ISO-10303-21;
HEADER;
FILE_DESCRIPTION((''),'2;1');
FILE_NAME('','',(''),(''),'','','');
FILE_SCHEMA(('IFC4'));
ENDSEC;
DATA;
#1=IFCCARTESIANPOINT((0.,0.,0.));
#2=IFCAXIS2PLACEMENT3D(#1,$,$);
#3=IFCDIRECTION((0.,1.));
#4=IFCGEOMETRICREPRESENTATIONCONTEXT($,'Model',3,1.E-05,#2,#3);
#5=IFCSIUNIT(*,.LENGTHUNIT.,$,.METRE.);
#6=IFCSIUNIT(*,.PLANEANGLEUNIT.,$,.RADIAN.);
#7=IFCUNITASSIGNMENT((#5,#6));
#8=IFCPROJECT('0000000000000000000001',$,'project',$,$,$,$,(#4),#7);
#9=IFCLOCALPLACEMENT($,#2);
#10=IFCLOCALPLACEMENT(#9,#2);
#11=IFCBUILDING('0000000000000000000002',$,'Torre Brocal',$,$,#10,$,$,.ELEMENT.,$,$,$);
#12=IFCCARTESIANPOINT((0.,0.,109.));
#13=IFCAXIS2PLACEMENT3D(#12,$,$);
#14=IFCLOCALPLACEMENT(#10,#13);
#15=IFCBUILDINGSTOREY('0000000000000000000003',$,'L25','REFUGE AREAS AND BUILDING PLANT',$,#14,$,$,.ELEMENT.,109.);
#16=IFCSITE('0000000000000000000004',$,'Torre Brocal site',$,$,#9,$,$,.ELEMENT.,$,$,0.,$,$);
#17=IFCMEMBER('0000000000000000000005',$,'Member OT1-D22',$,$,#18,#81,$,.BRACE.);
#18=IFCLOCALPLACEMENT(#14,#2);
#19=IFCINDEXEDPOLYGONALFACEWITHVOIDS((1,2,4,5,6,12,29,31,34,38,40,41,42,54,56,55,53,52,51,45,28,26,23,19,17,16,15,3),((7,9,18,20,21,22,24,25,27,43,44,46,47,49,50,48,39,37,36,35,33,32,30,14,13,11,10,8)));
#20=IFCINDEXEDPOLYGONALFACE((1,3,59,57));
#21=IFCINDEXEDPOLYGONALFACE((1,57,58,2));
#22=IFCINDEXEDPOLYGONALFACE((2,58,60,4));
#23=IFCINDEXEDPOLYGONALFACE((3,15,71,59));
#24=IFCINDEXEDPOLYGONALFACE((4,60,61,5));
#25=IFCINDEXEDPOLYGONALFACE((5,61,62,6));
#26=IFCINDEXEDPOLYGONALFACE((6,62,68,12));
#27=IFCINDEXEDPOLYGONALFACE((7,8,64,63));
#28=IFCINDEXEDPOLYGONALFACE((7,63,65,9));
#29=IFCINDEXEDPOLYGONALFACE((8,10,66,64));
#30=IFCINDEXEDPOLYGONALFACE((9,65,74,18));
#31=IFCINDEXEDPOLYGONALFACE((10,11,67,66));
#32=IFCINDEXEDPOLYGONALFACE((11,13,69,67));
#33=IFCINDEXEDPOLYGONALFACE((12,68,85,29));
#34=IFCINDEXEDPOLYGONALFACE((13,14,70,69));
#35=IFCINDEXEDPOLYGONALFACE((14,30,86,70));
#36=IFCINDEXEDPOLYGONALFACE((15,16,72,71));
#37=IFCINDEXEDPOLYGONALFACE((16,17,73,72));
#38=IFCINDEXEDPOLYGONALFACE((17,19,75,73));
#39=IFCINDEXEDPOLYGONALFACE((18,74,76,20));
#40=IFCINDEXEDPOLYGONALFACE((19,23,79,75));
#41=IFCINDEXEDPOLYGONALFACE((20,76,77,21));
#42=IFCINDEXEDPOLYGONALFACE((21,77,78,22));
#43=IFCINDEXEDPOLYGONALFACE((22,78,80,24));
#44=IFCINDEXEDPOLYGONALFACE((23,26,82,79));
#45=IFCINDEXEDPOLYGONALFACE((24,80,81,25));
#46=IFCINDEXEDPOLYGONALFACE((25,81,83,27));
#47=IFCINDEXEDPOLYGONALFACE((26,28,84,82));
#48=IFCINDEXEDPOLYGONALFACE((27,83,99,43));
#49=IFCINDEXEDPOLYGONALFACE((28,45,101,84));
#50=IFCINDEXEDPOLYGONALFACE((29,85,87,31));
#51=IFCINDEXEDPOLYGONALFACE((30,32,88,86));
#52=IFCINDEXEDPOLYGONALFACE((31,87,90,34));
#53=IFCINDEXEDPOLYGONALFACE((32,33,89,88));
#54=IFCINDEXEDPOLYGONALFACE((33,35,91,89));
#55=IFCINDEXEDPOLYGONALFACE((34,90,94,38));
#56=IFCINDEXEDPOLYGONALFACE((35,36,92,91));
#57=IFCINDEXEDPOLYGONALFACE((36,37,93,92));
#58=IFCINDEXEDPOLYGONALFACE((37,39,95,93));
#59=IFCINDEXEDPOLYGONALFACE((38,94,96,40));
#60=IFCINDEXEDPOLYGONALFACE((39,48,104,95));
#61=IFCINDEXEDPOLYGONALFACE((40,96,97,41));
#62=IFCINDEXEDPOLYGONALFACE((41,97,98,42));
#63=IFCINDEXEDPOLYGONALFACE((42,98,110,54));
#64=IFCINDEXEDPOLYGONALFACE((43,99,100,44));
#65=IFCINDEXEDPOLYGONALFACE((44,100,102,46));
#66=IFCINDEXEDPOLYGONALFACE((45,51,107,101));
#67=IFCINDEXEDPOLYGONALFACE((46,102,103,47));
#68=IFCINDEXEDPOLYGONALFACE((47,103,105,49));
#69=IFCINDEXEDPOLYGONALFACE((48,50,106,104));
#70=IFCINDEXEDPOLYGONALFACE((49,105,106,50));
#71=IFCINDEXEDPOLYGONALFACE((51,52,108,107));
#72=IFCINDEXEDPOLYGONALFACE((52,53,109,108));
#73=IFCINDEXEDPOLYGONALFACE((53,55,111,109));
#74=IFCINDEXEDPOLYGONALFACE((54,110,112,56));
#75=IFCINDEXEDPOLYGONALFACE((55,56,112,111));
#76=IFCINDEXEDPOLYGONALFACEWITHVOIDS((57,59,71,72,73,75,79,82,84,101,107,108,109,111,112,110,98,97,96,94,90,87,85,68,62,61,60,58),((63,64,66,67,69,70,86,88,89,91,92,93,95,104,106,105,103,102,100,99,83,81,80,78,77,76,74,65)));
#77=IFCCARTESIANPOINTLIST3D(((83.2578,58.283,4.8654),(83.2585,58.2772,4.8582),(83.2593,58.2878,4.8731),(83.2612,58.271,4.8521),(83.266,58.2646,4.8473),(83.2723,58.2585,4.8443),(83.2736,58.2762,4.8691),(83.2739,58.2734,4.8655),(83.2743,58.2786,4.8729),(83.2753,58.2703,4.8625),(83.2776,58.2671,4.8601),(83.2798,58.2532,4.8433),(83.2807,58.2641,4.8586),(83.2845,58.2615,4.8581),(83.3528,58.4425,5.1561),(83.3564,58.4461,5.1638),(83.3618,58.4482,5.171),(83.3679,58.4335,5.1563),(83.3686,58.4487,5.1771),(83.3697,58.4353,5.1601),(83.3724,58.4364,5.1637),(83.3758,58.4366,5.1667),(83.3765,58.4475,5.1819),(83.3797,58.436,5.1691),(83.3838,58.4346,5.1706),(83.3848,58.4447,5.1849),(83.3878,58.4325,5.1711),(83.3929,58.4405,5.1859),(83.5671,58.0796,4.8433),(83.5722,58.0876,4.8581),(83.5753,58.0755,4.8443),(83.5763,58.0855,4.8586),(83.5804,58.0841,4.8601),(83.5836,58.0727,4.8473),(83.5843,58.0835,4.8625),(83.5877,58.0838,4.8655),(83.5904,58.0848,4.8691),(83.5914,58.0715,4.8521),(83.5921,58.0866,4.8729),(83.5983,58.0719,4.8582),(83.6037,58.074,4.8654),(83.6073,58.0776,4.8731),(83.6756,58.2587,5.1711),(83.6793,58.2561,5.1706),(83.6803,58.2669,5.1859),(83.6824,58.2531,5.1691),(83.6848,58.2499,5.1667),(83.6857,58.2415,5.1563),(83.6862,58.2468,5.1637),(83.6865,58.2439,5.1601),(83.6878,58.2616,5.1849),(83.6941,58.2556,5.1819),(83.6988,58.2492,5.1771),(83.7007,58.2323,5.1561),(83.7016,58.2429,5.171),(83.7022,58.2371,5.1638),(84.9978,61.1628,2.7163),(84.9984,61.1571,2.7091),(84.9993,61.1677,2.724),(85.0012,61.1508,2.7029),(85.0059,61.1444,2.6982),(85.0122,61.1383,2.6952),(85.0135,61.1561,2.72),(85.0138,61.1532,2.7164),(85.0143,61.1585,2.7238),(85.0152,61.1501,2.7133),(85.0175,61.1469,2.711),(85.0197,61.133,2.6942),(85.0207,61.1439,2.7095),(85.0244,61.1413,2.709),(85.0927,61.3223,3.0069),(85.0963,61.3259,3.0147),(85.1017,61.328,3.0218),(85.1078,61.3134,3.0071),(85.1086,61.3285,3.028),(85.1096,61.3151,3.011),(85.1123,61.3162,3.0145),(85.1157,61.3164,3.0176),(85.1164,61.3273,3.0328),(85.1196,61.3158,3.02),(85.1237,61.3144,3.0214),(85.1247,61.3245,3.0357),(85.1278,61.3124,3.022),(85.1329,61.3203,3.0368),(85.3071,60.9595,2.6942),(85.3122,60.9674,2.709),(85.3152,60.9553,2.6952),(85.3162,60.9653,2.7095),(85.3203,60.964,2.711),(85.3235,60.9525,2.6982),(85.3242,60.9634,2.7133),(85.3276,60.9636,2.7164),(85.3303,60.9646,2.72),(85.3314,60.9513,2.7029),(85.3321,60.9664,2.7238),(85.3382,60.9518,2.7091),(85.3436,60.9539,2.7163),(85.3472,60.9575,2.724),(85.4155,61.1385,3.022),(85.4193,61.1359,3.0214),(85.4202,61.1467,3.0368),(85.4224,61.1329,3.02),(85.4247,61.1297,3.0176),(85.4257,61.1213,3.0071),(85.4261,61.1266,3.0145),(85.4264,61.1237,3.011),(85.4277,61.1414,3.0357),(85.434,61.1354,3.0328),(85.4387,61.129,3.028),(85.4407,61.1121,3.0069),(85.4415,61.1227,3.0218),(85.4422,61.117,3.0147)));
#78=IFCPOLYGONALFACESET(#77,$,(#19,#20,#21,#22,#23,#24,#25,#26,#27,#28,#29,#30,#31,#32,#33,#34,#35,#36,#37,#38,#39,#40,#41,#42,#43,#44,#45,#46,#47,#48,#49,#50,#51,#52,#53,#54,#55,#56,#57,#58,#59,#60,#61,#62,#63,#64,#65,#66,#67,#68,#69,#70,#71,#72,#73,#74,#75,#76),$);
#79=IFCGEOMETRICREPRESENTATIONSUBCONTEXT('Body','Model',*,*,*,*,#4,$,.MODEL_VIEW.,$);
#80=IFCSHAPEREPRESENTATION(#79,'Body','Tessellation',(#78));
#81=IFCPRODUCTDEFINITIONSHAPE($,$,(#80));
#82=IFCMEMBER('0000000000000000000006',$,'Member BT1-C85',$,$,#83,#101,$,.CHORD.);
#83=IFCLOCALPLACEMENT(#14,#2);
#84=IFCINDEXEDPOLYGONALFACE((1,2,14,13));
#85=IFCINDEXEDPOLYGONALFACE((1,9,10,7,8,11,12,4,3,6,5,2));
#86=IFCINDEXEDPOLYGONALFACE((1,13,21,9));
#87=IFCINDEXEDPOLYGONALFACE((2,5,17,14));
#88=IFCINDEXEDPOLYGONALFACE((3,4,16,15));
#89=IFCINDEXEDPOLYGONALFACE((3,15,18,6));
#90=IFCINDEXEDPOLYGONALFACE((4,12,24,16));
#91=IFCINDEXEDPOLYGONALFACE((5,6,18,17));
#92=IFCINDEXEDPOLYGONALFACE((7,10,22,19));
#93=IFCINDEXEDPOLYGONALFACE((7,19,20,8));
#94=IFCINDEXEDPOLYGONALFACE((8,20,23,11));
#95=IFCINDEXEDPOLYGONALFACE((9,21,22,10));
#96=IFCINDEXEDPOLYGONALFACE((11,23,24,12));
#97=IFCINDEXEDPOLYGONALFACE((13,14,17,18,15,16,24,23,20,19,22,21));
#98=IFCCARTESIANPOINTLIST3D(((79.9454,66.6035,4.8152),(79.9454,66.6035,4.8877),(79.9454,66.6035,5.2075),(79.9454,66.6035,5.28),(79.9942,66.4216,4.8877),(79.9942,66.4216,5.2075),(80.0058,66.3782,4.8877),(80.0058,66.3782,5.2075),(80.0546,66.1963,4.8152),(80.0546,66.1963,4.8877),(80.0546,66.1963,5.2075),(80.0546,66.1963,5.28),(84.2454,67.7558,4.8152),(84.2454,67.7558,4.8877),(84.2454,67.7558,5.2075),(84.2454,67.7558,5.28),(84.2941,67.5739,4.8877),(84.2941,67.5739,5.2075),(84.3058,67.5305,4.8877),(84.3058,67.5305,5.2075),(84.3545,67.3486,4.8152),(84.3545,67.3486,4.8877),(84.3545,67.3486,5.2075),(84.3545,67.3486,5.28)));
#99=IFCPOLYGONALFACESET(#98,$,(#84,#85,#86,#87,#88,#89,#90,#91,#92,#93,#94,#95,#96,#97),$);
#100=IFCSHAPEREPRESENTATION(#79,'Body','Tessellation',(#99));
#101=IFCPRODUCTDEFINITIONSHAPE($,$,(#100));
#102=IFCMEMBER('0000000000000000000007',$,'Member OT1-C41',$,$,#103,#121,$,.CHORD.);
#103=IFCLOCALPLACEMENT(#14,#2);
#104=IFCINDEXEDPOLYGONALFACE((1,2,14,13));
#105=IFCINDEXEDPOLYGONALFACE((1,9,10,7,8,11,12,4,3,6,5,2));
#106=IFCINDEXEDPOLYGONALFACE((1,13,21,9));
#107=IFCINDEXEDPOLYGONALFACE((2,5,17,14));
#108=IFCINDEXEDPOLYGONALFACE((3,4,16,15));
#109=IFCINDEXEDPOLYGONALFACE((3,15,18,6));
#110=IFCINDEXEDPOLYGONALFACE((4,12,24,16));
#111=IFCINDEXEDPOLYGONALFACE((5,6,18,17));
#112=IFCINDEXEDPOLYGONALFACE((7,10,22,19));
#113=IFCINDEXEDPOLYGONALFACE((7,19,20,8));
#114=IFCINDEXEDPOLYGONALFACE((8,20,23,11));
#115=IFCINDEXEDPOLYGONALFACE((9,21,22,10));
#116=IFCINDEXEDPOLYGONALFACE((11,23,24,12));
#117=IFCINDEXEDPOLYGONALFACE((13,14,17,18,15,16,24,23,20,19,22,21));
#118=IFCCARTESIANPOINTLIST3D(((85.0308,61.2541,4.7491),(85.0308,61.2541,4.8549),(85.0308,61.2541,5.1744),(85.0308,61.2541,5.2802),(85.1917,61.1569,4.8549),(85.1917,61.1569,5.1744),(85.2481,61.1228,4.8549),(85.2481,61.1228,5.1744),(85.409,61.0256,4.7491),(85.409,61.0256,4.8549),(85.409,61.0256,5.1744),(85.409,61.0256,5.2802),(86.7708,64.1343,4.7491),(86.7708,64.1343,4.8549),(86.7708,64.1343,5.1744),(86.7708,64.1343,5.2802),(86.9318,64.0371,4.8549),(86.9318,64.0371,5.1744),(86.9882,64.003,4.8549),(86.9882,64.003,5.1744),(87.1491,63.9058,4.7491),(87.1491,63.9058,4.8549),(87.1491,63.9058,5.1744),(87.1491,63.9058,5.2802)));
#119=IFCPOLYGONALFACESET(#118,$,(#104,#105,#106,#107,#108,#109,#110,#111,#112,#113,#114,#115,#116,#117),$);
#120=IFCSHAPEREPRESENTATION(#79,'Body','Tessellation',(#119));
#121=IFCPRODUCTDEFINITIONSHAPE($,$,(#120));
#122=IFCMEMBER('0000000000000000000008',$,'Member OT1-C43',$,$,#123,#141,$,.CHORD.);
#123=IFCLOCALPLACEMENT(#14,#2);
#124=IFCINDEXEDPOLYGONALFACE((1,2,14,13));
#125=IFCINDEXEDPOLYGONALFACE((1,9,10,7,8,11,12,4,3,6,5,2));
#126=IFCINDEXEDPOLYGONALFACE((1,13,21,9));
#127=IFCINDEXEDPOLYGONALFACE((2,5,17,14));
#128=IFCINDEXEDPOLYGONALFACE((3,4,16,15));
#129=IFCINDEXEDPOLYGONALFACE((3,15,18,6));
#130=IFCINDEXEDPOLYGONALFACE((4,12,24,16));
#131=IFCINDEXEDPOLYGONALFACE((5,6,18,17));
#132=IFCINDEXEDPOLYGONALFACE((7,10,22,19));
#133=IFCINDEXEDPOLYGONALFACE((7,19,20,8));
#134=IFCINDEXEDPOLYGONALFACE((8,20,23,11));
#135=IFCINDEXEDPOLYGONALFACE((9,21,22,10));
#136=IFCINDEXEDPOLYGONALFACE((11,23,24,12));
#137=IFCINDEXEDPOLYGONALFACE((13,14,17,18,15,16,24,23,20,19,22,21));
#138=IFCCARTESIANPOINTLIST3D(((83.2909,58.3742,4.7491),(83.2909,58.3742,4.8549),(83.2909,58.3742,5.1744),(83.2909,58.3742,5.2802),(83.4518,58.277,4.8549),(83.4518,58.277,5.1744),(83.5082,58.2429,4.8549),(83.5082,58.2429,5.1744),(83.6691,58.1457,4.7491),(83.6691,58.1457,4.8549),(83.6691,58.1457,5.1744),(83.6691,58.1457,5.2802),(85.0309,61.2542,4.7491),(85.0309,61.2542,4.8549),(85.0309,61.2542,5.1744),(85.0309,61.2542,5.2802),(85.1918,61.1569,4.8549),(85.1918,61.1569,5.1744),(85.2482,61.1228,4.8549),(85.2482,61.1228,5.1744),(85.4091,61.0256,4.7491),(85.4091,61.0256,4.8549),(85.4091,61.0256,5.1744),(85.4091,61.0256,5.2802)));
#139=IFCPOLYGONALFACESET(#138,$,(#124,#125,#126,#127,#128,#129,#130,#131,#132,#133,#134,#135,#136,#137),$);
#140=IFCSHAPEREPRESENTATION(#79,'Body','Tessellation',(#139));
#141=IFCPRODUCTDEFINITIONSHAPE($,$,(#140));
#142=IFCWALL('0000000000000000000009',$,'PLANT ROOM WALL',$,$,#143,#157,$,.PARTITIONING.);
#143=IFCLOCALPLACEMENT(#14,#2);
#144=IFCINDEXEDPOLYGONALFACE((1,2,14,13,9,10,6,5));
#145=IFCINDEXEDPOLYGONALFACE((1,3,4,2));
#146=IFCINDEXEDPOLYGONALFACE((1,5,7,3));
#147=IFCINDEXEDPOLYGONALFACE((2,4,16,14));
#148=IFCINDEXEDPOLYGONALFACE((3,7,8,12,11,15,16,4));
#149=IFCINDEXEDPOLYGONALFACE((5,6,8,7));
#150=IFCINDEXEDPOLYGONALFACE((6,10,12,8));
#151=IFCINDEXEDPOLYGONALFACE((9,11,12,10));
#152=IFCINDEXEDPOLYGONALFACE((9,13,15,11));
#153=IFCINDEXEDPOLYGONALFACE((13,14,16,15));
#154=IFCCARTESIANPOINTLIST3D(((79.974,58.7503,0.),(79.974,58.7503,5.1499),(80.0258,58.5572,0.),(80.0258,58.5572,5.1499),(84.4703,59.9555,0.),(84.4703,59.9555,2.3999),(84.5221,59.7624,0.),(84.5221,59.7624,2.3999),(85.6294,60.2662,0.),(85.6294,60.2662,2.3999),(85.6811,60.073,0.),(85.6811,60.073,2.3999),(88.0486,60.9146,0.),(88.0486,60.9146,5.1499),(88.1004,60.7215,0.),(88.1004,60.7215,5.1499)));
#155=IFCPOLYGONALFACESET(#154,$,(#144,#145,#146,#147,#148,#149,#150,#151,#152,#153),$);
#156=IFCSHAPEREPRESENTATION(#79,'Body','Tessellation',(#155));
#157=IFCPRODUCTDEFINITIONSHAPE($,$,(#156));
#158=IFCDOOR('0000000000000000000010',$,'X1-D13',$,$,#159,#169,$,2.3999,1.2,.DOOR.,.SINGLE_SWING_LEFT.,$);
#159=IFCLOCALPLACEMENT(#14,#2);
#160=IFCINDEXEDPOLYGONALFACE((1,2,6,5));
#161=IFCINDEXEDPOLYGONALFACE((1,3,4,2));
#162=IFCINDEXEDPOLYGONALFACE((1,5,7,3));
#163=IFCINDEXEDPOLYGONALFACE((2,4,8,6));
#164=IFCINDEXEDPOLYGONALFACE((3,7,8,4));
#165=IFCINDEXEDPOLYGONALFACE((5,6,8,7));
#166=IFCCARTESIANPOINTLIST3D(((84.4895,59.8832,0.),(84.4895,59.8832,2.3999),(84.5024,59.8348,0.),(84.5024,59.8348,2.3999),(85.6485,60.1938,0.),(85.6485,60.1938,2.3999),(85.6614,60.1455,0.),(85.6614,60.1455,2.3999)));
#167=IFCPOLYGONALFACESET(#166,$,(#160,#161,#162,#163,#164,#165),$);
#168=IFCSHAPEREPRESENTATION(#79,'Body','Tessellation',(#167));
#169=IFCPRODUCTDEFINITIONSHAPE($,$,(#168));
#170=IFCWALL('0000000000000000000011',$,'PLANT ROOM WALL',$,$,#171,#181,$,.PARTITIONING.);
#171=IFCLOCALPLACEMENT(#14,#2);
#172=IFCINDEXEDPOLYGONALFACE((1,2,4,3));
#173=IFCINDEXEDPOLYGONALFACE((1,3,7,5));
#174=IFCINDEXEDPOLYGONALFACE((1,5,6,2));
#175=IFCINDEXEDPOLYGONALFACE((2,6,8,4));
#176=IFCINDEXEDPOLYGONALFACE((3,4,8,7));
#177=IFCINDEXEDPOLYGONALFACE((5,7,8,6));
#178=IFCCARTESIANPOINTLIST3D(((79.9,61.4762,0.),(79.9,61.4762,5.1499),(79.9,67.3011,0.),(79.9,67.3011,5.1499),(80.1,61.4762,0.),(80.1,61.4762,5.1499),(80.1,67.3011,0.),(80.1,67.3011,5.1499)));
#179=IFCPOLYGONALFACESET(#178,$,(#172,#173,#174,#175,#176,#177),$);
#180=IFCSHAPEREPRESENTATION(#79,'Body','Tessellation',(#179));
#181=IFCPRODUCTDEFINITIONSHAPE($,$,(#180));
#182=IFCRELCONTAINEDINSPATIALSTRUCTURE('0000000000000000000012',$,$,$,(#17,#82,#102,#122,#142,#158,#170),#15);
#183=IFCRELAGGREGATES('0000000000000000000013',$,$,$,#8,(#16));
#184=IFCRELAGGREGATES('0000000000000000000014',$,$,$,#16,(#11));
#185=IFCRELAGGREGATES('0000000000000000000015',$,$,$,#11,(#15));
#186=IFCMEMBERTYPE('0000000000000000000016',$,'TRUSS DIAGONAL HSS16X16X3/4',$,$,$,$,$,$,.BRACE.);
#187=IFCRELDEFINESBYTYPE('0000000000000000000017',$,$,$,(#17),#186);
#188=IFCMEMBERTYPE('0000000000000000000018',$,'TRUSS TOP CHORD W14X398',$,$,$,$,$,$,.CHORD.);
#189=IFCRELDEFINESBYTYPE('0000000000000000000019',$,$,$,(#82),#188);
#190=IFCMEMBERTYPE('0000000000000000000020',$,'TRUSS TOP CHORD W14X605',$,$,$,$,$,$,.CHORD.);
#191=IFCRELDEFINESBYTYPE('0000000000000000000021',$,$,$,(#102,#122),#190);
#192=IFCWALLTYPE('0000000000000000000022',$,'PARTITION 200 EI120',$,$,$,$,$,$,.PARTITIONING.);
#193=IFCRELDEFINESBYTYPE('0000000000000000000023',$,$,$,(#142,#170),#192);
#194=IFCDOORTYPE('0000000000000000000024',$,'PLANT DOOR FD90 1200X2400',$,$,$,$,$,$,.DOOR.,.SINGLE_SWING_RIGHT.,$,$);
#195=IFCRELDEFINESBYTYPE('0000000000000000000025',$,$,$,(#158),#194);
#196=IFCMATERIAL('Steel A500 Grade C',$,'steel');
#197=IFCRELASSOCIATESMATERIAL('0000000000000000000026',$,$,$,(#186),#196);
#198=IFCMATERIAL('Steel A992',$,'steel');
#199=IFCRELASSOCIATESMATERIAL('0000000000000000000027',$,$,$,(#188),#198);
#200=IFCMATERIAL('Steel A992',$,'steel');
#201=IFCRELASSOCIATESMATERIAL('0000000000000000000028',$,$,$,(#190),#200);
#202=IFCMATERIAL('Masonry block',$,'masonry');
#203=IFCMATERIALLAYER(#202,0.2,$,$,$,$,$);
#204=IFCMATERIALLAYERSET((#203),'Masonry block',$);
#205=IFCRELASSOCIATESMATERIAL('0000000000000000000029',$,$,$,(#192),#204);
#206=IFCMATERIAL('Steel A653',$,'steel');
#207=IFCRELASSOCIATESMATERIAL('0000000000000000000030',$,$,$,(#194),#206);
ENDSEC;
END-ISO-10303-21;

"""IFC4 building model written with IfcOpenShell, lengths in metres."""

from ifc_helpers import new_model, si_unit, direction, frame, frame_2d, origin, origin_2d, place, context, subcontext, project, spatial, rectangle, hollow_rectangle, i_section, extrude, material, layer, layer_set, material_profile, profile_set, type_object, element, fill, save


model = new_model("IFC4")

# Units and contexts
model_context = context("Model", 3, precision=1e-05, world=origin(), true_north=direction((0.0, 1.0)))
body_context = subcontext(model_context, "Body", "Model", "MODEL_VIEW")
ifc_project = project(units=[si_unit("LENGTHUNIT", "METRE"), si_unit("PLANEANGLEUNIT", "RADIAN")], contexts=[model_context])

# Site, building, storey
site_placement = place(None, origin())
site = spatial("IfcSite", under=ifc_project, at=site_placement, Name="Torre Brocal site", CompositionType="ELEMENT", RefElevation=0.0)
building_placement = place(site_placement, origin())
building = spatial("IfcBuilding", under=site, at=building_placement, Name="Torre Brocal", CompositionType="ELEMENT")
storey_placement = place(building_placement, frame((0.0, 0.0, 109.0)))
storey = spatial("IfcBuildingStorey", under=building, at=storey_placement, Name="L25", Description="REFUGE AREAS AND BUILDING PLANT", CompositionType="ELEMENT", Elevation=109.0)

# Members
ifc_material_1 = material(Name="Steel A500 Grade C", Category="steel")
ifc_material_profile_1 = material_profile(ifc_material_1, hollow_rectangle(XDim=0.4065, YDim=0.4065, WallThickness=0.0176, InnerFilletRadius=0.0176, OuterFilletRadius=0.0354, at=origin_2d()), Name="HSS16X16X3/4")
ifc_profile_set_1 = profile_set([ifc_material_profile_1], Name="Steel A500 Grade C")
member_type_1 = type_object("IfcMemberType", Name="TRUSS DIAGONAL HSS16X16X3/4", PredefinedType="BRACE", material=ifc_profile_set_1)
member_1_placement = place(storey_placement, frame((85.22, 61.1399, 2.8655), z_axis=(-0.435812, -0.721319, 0.538299), x_axis=(0.855908, -0.517129, 0.0)))
element("IfcMember", 1, at=member_1_placement, inside=storey, type_object=member_type_1, Name="Member OT1-D22", PredefinedType="BRACE", context=body_context, shape_type="SweptSolid", body=[
    extrude(hollow_rectangle(XDim=0.4065, YDim=0.4065, WallThickness=0.0176, InnerFilletRadius=0.0176, OuterFilletRadius=0.0354, at=origin_2d()), origin(), (0.0, 0.0, 1.0), 3.9924),
])
ifc_material_2 = material(Name="Steel A992", Category="steel")
ifc_material_profile_2 = material_profile(ifc_material_2, i_section(OverallWidth=0.4216, OverallDepth=0.4648, WebThickness=0.0449, FlangeThickness=0.0725, at=origin_2d()), Name="W14X398")
ifc_profile_set_2 = profile_set([ifc_material_profile_2], Name="Steel A992")
member_type_2 = type_object("IfcMemberType", Name="TRUSS TOP CHORD W14X398", PredefinedType="CHORD", material=ifc_profile_set_2)
member_2_placement = place(storey_placement, frame((80.0, 66.3999, 5.0476), z_axis=(0.965917, 0.25885, 0.0), x_axis=(-0.25885, 0.965917, 0.0)))
element("IfcMember", 2, at=member_2_placement, inside=storey, type_object=member_type_2, Name="Member BT1-C85", PredefinedType="CHORD", context=body_context, shape_type="SweptSolid", body=[
    extrude(i_section(OverallWidth=0.4216, OverallDepth=0.4648, WebThickness=0.0449, FlangeThickness=0.0725, at=origin_2d()), origin(), (0.0, 0.0, 1.0), 4.4517),
])
ifc_material_3 = material(Name="Steel A992", Category="steel")
ifc_material_profile_3 = material_profile(ifc_material_3, i_section(OverallWidth=0.4419, OverallDepth=0.531, WebThickness=0.0659, FlangeThickness=0.1057, at=origin_2d()), Name="W14X605")
ifc_profile_set_3 = profile_set([ifc_material_profile_3], Name="Steel A992")
member_type_3 = type_object("IfcMemberType", Name="TRUSS TOP CHORD W14X605", PredefinedType="CHORD", material=ifc_profile_set_3)
member_3_placement = place(storey_placement, frame((86.96, 64.02, 5.0146), z_axis=(-0.517097, -0.855927, 0.0), x_axis=(0.855927, -0.517097, 0.0)))
element("IfcMember", 3, at=member_3_placement, inside=storey, type_object=member_type_3, Name="Member OT1-C41", PredefinedType="CHORD", context=body_context, shape_type="SweptSolid", body=[
    extrude(i_section(OverallWidth=0.4419, OverallDepth=0.531, WebThickness=0.0659, FlangeThickness=0.1057, at=origin_2d()), origin(), (0.0, 0.0, 1.0), 3.365),
])
member_4_placement = place(storey_placement, frame((85.22, 61.1399, 5.0146), z_axis=(-0.517129, -0.855908, 0.0), x_axis=(0.855908, -0.517129, 0.0)))
element("IfcMember", 4, at=member_4_placement, inside=storey, type_object=member_type_3, Name="Member OT1-C43", PredefinedType="CHORD", context=body_context, shape_type="SweptSolid", body=[
    extrude(i_section(OverallWidth=0.4419, OverallDepth=0.531, WebThickness=0.0659, FlangeThickness=0.1057, at=origin_2d()), origin(), (0.0, 0.0, 1.0), 3.3647),
])

# Wall, opening, door
ifc_material_4 = material(Name="Masonry block", Category="masonry")
ifc_layer_1 = layer(ifc_material_4, 0.2)
ifc_layer_set_1 = layer_set([ifc_layer_1], Name="Masonry block")
wall_type_1 = type_object("IfcWallType", Name="PARTITION 200 EI120", PredefinedType="PARTITIONING", material=ifc_layer_set_1)
wall_1_placement = place(storey_placement, frame((80.0, 58.6538, 0.0), z_axis=(0.0, 0.0, 1.0), x_axis=(0.965905, 0.258897, 0.0)))
wall_1 = element("IfcWall", 5, at=wall_1_placement, inside=storey, type_object=wall_type_1, Name="PLANT ROOM WALL", PredefinedType="PARTITIONING", context=body_context, shape_type="SweptSolid", body=[
    extrude(rectangle(XDim=8.3596, YDim=0.2, at=frame_2d((4.1797, 0.0))), origin(), (0.0, 0.0, 1.0), 5.1499),
])
opening_1_placement = place(wall_1_placement, frame((4.6548, 0.0, 0.0)))
opening_1 = element("IfcOpeningElement", 6, at=opening_1_placement, cuts=wall_1, PredefinedType="OPENING", context=body_context, shape_type="SweptSolid", body=[
    extrude(rectangle(XDim=1.2, YDim=2.3999, at=frame_2d((0.6001, 1.2))), frame((0.0, 0.1099, 0.0), z_axis=(0.0, -1.0, 0.0), x_axis=(1.0, 0.0, 0.0)), (0.0, 0.0, 1.0), 0.22),
])
ifc_material_5 = material(Name="Steel A653", Category="steel")
door_type_1 = type_object("IfcDoorType", Name="PLANT DOOR FD90 1200X2400", OperationType="SINGLE_SWING_RIGHT", PredefinedType="DOOR", material=ifc_material_5)
door_1_placement = place(opening_1_placement, frame((1.2, 0.0, 0.0), z_axis=(0.0, 0.0, 1.0), x_axis=(-1.0, 0.0, 0.0)))
door_1 = element("IfcDoor", 7, at=door_1_placement, inside=storey, type_object=door_type_1, Name="X1-D13", OperationType="SINGLE_SWING_LEFT", OverallHeight=2.3999, OverallWidth=1.2, PredefinedType="DOOR", context=body_context, shape_type="SweptSolid", body=[
    extrude(rectangle(XDim=1.2, YDim=2.3999, at=frame_2d((0.6001, 1.2))), frame((0.0, 0.0249, 0.0), z_axis=(0.0, -1.0, 0.0), x_axis=(1.0, 0.0, 0.0)), (0.0, 0.0, 1.0), 0.05),
])
fill(opening_1, door_1)

# Wall
wall_2_placement = place(storey_placement, frame((80.0, 61.4761, 0.0), z_axis=(0.0, 0.0, 1.0), x_axis=(0.0, 1.0, 0.0)))
element("IfcWall", 8, at=wall_2_placement, inside=storey, type_object=wall_type_1, Name="PLANT ROOM WALL", PredefinedType="PARTITIONING", context=body_context, shape_type="SweptSolid", body=[
    extrude(rectangle(XDim=5.825, YDim=0.2, at=frame_2d((2.9126, 0.0))), origin(), (0.0, 0.0, 1.0), 5.1499),
])

save(model, "model.ifc")
